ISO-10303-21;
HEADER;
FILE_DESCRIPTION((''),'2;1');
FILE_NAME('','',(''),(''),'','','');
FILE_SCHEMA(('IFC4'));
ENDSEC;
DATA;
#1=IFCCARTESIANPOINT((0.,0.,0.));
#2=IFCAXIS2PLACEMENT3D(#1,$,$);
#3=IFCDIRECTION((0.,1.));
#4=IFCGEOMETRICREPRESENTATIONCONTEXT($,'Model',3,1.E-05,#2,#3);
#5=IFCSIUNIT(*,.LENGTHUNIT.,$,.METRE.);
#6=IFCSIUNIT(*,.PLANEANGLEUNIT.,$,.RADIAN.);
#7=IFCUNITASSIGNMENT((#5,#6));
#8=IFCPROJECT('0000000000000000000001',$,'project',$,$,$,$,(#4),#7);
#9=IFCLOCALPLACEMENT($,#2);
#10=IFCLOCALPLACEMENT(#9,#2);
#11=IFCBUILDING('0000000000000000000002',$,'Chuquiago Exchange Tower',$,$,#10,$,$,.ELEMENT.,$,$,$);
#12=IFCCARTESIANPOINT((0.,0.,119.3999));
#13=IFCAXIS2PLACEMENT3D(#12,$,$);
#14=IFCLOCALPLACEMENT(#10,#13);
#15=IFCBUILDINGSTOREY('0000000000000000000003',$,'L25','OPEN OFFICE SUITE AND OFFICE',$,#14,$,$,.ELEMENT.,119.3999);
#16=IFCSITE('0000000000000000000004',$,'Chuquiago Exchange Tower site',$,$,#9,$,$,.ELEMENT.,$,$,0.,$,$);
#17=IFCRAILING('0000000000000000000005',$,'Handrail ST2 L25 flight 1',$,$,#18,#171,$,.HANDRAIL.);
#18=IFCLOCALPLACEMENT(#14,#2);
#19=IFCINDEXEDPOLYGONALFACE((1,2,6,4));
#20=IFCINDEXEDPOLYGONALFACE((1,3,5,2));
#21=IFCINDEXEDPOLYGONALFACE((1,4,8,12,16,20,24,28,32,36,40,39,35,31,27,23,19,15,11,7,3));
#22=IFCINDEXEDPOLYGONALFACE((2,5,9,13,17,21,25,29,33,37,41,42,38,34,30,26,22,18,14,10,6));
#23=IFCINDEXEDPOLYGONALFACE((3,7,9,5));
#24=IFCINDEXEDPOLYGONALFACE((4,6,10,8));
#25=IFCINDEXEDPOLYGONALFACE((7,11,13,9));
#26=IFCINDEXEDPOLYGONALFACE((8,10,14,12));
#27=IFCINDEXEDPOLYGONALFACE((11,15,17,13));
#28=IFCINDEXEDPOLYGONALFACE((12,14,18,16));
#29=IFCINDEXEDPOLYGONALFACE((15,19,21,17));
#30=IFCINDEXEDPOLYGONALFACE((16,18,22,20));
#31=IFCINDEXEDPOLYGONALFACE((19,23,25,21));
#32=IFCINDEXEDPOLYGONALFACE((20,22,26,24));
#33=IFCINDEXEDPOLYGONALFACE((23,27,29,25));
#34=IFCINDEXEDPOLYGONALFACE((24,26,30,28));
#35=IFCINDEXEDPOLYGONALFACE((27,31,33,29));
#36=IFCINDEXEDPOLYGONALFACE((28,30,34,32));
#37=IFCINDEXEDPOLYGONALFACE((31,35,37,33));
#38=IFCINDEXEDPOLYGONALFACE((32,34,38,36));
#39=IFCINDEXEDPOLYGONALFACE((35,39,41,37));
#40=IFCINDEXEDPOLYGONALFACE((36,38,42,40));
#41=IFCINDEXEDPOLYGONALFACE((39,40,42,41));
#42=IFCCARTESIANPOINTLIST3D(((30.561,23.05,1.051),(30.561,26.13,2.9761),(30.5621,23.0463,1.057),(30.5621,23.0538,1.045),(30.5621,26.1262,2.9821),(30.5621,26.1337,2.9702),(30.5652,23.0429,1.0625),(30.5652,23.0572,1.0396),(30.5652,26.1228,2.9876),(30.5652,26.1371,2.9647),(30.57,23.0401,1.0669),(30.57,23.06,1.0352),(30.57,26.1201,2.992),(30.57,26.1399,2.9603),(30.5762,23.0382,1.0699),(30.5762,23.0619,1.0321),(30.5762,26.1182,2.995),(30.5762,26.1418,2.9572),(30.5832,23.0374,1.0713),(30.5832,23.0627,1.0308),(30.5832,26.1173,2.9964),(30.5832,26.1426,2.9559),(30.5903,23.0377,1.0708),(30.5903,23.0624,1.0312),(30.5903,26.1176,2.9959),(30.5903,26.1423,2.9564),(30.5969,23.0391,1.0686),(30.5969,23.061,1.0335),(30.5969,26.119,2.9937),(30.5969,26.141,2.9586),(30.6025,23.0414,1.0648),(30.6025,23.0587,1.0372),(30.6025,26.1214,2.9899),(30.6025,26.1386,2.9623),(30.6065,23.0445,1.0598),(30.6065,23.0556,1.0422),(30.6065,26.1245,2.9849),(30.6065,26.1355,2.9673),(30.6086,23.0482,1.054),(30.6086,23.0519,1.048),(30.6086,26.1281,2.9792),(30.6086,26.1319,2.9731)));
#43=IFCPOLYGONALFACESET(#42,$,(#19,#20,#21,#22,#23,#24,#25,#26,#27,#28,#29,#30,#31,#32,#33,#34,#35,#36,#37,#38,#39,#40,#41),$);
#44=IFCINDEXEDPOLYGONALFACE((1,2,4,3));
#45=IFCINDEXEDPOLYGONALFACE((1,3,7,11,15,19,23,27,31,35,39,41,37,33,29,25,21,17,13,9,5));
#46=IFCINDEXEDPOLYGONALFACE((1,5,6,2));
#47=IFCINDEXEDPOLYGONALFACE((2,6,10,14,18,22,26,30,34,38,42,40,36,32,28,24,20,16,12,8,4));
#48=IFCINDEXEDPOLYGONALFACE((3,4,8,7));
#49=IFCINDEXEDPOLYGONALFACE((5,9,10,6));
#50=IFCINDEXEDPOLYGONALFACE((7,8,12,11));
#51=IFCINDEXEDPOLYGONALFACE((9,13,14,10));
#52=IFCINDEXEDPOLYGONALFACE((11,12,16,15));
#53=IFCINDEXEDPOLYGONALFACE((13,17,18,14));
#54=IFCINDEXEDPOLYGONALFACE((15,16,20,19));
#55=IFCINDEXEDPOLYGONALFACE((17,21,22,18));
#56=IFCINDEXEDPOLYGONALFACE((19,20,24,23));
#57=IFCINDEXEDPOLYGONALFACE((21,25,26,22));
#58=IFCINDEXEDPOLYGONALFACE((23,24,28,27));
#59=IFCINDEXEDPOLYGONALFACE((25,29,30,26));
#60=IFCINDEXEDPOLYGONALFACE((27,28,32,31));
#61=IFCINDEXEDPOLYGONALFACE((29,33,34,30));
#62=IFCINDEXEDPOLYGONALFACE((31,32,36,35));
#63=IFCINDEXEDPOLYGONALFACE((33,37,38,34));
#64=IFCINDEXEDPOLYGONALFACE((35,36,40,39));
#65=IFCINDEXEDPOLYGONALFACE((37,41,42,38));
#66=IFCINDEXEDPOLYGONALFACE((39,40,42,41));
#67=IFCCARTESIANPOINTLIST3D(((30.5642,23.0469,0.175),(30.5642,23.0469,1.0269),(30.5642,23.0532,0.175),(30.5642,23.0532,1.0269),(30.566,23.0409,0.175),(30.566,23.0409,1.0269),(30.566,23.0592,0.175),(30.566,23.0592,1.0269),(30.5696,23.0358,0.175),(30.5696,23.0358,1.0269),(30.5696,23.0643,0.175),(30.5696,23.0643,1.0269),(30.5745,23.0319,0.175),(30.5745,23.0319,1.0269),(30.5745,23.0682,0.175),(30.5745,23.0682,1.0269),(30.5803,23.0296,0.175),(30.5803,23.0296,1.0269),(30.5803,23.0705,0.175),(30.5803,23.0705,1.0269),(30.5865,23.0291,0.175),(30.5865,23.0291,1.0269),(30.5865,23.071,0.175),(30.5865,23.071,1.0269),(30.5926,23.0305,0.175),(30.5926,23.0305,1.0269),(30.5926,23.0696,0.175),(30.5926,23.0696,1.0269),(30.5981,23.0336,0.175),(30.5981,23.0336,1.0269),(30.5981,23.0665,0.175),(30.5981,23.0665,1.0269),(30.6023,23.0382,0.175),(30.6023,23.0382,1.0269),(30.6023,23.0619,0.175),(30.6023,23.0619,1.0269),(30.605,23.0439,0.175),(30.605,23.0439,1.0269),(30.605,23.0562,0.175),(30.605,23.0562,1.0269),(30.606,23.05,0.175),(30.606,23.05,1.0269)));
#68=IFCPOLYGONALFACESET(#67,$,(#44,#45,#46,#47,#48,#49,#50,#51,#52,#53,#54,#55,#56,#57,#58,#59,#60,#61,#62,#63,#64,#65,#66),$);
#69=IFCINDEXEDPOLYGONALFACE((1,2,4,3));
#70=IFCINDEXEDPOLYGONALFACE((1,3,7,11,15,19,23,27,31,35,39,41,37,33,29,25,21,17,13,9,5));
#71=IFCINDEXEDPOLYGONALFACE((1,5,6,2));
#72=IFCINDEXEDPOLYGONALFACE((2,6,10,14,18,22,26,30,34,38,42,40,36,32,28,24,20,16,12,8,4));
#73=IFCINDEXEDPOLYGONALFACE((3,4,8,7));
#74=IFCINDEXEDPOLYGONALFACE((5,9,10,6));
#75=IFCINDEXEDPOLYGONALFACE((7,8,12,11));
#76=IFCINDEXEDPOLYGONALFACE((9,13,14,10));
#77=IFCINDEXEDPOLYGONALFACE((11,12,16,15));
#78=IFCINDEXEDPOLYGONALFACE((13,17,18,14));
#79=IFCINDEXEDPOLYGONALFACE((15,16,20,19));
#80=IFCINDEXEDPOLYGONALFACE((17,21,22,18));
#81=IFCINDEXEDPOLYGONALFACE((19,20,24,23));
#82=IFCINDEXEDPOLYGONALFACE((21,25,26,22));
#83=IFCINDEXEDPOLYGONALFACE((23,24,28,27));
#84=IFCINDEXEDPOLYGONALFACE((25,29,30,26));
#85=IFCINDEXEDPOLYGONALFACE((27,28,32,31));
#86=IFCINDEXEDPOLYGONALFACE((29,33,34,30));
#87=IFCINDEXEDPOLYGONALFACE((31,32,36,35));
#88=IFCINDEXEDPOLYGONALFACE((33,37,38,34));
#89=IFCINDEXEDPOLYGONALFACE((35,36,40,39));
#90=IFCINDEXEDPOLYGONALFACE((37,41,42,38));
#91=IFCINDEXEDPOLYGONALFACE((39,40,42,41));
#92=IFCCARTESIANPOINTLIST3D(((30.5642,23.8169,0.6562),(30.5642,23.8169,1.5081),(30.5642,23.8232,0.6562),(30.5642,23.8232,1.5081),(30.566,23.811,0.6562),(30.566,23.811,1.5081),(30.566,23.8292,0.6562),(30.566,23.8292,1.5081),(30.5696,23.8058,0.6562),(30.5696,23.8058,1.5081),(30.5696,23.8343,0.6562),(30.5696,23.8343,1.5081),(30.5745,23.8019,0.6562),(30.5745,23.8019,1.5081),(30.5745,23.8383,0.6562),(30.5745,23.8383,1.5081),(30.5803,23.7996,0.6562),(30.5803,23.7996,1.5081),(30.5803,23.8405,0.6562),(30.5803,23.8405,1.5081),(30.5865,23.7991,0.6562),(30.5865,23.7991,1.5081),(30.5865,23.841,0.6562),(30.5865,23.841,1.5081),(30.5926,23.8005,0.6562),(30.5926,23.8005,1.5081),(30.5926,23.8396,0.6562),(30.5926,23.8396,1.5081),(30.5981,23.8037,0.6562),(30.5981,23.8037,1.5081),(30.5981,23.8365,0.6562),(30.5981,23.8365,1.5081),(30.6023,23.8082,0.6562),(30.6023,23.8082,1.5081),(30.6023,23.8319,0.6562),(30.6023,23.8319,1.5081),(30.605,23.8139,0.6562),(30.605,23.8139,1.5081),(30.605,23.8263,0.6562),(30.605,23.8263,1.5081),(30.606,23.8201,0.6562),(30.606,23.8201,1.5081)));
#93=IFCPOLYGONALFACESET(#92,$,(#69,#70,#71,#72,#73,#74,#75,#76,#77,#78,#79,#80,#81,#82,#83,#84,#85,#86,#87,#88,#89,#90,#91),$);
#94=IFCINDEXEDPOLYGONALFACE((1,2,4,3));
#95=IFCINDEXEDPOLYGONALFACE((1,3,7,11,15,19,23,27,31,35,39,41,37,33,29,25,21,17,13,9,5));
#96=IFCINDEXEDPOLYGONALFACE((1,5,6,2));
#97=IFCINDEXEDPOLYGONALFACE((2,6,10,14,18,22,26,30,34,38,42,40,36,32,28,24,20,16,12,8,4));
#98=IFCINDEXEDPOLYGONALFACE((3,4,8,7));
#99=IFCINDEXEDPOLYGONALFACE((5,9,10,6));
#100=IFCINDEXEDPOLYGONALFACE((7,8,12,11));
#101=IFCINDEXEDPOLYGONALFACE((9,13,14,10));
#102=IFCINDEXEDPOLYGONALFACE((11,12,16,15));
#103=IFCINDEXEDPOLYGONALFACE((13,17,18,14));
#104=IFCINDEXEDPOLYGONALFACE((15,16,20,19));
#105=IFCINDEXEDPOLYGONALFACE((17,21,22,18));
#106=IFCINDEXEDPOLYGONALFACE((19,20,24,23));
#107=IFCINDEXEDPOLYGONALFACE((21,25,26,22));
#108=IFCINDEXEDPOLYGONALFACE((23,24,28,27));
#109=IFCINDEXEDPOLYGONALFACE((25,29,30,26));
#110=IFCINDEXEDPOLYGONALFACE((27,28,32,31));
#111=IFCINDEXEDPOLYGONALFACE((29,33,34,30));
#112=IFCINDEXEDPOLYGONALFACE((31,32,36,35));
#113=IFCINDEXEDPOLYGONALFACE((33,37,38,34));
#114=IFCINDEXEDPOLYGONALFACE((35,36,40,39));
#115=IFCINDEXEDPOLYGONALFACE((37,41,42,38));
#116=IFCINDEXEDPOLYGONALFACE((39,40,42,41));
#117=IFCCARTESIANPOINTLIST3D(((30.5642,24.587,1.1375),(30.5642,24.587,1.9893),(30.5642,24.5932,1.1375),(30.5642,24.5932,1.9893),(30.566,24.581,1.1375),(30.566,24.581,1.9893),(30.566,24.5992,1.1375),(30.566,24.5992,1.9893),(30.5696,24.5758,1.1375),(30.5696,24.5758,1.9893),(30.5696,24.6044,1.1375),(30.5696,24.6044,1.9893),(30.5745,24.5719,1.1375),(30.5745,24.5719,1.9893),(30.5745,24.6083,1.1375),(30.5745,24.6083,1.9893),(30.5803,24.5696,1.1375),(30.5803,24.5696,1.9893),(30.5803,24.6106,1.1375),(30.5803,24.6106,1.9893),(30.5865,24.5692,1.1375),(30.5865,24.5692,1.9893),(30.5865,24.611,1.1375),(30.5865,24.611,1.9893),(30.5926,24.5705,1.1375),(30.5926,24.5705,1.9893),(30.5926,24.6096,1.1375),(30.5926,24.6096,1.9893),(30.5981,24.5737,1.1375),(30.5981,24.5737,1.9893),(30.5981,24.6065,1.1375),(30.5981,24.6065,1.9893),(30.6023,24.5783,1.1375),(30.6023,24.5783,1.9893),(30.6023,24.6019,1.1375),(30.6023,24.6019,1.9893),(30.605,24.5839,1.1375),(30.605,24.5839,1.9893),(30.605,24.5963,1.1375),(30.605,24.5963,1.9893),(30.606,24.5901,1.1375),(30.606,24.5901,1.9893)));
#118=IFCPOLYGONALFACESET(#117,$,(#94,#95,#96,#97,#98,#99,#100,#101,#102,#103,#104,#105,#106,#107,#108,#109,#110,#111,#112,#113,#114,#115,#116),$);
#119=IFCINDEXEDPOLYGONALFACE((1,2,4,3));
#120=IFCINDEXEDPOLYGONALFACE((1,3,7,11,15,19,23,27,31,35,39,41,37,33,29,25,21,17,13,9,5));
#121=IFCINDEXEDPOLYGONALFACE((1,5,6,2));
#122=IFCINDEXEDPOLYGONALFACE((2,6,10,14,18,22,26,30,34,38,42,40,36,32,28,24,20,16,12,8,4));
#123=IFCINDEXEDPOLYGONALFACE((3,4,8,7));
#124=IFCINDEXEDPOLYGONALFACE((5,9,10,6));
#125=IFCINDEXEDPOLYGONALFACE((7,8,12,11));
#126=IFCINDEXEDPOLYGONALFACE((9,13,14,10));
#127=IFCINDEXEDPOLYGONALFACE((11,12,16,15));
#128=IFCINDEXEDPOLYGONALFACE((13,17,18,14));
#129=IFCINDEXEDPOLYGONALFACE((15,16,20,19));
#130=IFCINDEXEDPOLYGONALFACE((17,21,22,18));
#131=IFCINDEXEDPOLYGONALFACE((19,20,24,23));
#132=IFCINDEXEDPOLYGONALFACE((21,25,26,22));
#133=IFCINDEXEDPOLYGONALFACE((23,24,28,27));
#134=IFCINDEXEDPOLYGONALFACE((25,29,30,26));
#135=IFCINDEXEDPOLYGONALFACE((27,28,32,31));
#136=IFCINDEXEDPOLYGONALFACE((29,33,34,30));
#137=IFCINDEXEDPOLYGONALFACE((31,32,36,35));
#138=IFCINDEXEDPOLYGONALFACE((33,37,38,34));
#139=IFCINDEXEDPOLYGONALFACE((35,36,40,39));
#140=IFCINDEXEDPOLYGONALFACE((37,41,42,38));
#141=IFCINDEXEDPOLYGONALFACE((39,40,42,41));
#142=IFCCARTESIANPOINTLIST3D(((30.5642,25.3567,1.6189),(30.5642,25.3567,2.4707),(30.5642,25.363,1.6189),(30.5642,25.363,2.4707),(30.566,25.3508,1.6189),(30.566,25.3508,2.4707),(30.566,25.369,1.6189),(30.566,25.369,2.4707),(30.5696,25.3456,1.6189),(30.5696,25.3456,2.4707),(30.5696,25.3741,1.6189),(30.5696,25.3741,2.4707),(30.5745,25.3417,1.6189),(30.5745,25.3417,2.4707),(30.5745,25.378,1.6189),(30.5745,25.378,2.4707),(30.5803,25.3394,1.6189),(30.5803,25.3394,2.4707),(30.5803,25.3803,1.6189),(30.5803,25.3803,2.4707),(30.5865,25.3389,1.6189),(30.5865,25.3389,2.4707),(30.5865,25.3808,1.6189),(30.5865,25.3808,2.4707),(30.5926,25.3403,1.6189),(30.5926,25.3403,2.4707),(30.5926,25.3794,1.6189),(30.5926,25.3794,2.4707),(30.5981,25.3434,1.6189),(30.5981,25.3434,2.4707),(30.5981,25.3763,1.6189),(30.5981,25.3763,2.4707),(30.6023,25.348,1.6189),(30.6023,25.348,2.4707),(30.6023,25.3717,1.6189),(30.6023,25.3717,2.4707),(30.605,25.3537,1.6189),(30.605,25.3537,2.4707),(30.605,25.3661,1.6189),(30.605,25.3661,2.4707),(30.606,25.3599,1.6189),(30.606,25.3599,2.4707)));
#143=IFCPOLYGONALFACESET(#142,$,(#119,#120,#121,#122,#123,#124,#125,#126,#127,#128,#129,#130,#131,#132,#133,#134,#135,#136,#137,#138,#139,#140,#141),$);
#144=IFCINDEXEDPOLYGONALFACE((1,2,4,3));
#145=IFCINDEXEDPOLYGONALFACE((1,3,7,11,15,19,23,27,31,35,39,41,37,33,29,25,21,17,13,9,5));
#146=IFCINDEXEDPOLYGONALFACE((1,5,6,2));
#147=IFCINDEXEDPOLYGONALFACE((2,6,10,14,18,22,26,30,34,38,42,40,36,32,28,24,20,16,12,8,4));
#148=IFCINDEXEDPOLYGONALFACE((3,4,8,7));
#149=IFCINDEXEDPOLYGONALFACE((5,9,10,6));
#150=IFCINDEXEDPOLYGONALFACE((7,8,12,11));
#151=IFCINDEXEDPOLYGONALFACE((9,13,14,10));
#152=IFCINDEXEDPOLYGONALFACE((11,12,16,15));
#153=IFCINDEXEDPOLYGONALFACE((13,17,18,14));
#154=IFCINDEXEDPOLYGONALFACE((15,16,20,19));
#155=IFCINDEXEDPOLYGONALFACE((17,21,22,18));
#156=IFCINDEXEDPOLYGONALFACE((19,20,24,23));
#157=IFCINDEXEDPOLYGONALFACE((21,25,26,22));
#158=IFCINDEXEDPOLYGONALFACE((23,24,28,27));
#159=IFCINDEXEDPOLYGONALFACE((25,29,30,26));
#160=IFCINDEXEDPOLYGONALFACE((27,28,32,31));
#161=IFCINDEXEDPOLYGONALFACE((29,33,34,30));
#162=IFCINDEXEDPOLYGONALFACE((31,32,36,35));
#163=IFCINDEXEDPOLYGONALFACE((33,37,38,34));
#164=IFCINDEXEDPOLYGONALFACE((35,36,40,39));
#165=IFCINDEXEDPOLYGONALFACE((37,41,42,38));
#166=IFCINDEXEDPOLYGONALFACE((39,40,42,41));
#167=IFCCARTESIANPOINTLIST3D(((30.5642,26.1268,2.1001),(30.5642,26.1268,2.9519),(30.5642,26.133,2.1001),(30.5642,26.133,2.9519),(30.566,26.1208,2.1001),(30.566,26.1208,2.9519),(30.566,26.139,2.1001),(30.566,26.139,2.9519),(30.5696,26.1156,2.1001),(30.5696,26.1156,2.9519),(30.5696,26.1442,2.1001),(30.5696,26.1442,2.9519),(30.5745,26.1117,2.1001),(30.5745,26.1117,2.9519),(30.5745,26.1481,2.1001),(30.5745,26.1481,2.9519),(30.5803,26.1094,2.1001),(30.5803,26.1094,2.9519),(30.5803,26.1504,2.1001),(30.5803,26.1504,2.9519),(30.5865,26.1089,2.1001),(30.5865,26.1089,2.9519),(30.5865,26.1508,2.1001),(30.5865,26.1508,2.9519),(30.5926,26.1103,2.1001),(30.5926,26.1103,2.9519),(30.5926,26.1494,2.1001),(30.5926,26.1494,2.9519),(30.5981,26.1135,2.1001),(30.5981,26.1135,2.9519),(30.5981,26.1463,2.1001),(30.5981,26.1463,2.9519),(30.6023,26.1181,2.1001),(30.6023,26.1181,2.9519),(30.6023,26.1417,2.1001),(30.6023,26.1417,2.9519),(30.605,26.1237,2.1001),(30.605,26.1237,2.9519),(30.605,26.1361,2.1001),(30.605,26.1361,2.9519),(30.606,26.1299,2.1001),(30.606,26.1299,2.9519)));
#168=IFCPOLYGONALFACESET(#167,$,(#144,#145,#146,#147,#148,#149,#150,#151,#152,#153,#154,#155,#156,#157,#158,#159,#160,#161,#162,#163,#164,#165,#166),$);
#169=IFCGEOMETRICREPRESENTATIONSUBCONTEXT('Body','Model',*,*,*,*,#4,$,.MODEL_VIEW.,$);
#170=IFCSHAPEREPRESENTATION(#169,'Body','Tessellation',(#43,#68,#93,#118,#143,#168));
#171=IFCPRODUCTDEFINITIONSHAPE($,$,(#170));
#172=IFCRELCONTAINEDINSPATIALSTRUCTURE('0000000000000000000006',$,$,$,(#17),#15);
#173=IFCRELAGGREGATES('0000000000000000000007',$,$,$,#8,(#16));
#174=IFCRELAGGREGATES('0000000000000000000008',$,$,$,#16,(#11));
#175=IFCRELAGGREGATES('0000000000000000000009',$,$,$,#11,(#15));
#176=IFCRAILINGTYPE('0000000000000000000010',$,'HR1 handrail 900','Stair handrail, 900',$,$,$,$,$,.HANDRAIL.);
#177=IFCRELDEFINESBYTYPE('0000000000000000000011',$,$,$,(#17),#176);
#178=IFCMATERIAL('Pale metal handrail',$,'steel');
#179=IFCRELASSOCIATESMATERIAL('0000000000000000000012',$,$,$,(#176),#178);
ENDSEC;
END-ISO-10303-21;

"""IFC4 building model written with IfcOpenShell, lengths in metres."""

from ifc_helpers import new_model, si_unit, direction, frame, origin, origin_2d, place, context, subcontext, project, spatial, circle, extrude, material, type_object, element, save


model = new_model("IFC4")

# Units and contexts
model_context = context("Model", 3, precision=1e-05, world=origin(), true_north=direction((0.0, 1.0)))
body_context = subcontext(model_context, "Body", "Model", "MODEL_VIEW")
ifc_project = project(units=[si_unit("LENGTHUNIT", "METRE"), si_unit("PLANEANGLEUNIT", "RADIAN")], contexts=[model_context])

# Site, building, storey
site_placement = place(None, origin())
site = spatial("IfcSite", under=ifc_project, at=site_placement, Name="Chuquiago Exchange Tower site", CompositionType="ELEMENT", RefElevation=0.0)
building_placement = place(site_placement, origin())
building = spatial("IfcBuilding", under=site, at=building_placement, Name="Chuquiago Exchange Tower", CompositionType="ELEMENT")
storey_placement = place(building_placement, frame((0.0, 0.0, 119.3999)))
storey = spatial("IfcBuildingStorey", under=building, at=storey_placement, Name="L25", Description="OPEN OFFICE SUITE AND OFFICE", CompositionType="ELEMENT", Elevation=119.3999)

# Railing
ifc_material_1 = material(Name="Pale metal handrail", Category="steel")
railing_type = type_object("IfcRailingType", Name="HR1 handrail 900", Description="Stair handrail, 900", PredefinedType="HANDRAIL", material=ifc_material_1)
for number, where, name in (
    (1, (30.585, 23.05, 0.175), "Handrail ST2 L25 flight 1"),
):
    element("IfcRailing", number, at=place(storey_placement, frame(where)), inside=storey, type_object=railing_type, Name=name, PredefinedType="HANDRAIL", context=body_context, shape_type="SweptSolid", body=[
        extrude(circle(Radius=0.0239, at=origin_2d()), frame((0.0, 0.0, 0.876), z_axis=(0.0, 0.847979, 0.530029), x_axis=(-1.0, 0.0, 0.0)), (0.0, 0.0, 1.0), 3.6321),
        extrude(circle(Radius=0.021, at=origin_2d()), origin(), (0.0, 0.0, 1.0), 0.8518),
        extrude(circle(Radius=0.021, at=origin_2d()), frame((0.0, 0.77, 0.4812)), (0.0, 0.0, 1.0), 0.8518),
        extrude(circle(Radius=0.021, at=origin_2d()), frame((0.0, 1.54, 0.9624)), (0.0, 0.0, 1.0), 0.8518),
        extrude(circle(Radius=0.021, at=origin_2d()), frame((0.0, 2.3098, 1.4438)), (0.0, 0.0, 1.0), 0.8518),
        extrude(circle(Radius=0.021, at=origin_2d()), frame((0.0, 3.0798, 1.925)), (0.0, 0.0, 1.0), 0.8518),
    ])

save(model, "model.ifc")
